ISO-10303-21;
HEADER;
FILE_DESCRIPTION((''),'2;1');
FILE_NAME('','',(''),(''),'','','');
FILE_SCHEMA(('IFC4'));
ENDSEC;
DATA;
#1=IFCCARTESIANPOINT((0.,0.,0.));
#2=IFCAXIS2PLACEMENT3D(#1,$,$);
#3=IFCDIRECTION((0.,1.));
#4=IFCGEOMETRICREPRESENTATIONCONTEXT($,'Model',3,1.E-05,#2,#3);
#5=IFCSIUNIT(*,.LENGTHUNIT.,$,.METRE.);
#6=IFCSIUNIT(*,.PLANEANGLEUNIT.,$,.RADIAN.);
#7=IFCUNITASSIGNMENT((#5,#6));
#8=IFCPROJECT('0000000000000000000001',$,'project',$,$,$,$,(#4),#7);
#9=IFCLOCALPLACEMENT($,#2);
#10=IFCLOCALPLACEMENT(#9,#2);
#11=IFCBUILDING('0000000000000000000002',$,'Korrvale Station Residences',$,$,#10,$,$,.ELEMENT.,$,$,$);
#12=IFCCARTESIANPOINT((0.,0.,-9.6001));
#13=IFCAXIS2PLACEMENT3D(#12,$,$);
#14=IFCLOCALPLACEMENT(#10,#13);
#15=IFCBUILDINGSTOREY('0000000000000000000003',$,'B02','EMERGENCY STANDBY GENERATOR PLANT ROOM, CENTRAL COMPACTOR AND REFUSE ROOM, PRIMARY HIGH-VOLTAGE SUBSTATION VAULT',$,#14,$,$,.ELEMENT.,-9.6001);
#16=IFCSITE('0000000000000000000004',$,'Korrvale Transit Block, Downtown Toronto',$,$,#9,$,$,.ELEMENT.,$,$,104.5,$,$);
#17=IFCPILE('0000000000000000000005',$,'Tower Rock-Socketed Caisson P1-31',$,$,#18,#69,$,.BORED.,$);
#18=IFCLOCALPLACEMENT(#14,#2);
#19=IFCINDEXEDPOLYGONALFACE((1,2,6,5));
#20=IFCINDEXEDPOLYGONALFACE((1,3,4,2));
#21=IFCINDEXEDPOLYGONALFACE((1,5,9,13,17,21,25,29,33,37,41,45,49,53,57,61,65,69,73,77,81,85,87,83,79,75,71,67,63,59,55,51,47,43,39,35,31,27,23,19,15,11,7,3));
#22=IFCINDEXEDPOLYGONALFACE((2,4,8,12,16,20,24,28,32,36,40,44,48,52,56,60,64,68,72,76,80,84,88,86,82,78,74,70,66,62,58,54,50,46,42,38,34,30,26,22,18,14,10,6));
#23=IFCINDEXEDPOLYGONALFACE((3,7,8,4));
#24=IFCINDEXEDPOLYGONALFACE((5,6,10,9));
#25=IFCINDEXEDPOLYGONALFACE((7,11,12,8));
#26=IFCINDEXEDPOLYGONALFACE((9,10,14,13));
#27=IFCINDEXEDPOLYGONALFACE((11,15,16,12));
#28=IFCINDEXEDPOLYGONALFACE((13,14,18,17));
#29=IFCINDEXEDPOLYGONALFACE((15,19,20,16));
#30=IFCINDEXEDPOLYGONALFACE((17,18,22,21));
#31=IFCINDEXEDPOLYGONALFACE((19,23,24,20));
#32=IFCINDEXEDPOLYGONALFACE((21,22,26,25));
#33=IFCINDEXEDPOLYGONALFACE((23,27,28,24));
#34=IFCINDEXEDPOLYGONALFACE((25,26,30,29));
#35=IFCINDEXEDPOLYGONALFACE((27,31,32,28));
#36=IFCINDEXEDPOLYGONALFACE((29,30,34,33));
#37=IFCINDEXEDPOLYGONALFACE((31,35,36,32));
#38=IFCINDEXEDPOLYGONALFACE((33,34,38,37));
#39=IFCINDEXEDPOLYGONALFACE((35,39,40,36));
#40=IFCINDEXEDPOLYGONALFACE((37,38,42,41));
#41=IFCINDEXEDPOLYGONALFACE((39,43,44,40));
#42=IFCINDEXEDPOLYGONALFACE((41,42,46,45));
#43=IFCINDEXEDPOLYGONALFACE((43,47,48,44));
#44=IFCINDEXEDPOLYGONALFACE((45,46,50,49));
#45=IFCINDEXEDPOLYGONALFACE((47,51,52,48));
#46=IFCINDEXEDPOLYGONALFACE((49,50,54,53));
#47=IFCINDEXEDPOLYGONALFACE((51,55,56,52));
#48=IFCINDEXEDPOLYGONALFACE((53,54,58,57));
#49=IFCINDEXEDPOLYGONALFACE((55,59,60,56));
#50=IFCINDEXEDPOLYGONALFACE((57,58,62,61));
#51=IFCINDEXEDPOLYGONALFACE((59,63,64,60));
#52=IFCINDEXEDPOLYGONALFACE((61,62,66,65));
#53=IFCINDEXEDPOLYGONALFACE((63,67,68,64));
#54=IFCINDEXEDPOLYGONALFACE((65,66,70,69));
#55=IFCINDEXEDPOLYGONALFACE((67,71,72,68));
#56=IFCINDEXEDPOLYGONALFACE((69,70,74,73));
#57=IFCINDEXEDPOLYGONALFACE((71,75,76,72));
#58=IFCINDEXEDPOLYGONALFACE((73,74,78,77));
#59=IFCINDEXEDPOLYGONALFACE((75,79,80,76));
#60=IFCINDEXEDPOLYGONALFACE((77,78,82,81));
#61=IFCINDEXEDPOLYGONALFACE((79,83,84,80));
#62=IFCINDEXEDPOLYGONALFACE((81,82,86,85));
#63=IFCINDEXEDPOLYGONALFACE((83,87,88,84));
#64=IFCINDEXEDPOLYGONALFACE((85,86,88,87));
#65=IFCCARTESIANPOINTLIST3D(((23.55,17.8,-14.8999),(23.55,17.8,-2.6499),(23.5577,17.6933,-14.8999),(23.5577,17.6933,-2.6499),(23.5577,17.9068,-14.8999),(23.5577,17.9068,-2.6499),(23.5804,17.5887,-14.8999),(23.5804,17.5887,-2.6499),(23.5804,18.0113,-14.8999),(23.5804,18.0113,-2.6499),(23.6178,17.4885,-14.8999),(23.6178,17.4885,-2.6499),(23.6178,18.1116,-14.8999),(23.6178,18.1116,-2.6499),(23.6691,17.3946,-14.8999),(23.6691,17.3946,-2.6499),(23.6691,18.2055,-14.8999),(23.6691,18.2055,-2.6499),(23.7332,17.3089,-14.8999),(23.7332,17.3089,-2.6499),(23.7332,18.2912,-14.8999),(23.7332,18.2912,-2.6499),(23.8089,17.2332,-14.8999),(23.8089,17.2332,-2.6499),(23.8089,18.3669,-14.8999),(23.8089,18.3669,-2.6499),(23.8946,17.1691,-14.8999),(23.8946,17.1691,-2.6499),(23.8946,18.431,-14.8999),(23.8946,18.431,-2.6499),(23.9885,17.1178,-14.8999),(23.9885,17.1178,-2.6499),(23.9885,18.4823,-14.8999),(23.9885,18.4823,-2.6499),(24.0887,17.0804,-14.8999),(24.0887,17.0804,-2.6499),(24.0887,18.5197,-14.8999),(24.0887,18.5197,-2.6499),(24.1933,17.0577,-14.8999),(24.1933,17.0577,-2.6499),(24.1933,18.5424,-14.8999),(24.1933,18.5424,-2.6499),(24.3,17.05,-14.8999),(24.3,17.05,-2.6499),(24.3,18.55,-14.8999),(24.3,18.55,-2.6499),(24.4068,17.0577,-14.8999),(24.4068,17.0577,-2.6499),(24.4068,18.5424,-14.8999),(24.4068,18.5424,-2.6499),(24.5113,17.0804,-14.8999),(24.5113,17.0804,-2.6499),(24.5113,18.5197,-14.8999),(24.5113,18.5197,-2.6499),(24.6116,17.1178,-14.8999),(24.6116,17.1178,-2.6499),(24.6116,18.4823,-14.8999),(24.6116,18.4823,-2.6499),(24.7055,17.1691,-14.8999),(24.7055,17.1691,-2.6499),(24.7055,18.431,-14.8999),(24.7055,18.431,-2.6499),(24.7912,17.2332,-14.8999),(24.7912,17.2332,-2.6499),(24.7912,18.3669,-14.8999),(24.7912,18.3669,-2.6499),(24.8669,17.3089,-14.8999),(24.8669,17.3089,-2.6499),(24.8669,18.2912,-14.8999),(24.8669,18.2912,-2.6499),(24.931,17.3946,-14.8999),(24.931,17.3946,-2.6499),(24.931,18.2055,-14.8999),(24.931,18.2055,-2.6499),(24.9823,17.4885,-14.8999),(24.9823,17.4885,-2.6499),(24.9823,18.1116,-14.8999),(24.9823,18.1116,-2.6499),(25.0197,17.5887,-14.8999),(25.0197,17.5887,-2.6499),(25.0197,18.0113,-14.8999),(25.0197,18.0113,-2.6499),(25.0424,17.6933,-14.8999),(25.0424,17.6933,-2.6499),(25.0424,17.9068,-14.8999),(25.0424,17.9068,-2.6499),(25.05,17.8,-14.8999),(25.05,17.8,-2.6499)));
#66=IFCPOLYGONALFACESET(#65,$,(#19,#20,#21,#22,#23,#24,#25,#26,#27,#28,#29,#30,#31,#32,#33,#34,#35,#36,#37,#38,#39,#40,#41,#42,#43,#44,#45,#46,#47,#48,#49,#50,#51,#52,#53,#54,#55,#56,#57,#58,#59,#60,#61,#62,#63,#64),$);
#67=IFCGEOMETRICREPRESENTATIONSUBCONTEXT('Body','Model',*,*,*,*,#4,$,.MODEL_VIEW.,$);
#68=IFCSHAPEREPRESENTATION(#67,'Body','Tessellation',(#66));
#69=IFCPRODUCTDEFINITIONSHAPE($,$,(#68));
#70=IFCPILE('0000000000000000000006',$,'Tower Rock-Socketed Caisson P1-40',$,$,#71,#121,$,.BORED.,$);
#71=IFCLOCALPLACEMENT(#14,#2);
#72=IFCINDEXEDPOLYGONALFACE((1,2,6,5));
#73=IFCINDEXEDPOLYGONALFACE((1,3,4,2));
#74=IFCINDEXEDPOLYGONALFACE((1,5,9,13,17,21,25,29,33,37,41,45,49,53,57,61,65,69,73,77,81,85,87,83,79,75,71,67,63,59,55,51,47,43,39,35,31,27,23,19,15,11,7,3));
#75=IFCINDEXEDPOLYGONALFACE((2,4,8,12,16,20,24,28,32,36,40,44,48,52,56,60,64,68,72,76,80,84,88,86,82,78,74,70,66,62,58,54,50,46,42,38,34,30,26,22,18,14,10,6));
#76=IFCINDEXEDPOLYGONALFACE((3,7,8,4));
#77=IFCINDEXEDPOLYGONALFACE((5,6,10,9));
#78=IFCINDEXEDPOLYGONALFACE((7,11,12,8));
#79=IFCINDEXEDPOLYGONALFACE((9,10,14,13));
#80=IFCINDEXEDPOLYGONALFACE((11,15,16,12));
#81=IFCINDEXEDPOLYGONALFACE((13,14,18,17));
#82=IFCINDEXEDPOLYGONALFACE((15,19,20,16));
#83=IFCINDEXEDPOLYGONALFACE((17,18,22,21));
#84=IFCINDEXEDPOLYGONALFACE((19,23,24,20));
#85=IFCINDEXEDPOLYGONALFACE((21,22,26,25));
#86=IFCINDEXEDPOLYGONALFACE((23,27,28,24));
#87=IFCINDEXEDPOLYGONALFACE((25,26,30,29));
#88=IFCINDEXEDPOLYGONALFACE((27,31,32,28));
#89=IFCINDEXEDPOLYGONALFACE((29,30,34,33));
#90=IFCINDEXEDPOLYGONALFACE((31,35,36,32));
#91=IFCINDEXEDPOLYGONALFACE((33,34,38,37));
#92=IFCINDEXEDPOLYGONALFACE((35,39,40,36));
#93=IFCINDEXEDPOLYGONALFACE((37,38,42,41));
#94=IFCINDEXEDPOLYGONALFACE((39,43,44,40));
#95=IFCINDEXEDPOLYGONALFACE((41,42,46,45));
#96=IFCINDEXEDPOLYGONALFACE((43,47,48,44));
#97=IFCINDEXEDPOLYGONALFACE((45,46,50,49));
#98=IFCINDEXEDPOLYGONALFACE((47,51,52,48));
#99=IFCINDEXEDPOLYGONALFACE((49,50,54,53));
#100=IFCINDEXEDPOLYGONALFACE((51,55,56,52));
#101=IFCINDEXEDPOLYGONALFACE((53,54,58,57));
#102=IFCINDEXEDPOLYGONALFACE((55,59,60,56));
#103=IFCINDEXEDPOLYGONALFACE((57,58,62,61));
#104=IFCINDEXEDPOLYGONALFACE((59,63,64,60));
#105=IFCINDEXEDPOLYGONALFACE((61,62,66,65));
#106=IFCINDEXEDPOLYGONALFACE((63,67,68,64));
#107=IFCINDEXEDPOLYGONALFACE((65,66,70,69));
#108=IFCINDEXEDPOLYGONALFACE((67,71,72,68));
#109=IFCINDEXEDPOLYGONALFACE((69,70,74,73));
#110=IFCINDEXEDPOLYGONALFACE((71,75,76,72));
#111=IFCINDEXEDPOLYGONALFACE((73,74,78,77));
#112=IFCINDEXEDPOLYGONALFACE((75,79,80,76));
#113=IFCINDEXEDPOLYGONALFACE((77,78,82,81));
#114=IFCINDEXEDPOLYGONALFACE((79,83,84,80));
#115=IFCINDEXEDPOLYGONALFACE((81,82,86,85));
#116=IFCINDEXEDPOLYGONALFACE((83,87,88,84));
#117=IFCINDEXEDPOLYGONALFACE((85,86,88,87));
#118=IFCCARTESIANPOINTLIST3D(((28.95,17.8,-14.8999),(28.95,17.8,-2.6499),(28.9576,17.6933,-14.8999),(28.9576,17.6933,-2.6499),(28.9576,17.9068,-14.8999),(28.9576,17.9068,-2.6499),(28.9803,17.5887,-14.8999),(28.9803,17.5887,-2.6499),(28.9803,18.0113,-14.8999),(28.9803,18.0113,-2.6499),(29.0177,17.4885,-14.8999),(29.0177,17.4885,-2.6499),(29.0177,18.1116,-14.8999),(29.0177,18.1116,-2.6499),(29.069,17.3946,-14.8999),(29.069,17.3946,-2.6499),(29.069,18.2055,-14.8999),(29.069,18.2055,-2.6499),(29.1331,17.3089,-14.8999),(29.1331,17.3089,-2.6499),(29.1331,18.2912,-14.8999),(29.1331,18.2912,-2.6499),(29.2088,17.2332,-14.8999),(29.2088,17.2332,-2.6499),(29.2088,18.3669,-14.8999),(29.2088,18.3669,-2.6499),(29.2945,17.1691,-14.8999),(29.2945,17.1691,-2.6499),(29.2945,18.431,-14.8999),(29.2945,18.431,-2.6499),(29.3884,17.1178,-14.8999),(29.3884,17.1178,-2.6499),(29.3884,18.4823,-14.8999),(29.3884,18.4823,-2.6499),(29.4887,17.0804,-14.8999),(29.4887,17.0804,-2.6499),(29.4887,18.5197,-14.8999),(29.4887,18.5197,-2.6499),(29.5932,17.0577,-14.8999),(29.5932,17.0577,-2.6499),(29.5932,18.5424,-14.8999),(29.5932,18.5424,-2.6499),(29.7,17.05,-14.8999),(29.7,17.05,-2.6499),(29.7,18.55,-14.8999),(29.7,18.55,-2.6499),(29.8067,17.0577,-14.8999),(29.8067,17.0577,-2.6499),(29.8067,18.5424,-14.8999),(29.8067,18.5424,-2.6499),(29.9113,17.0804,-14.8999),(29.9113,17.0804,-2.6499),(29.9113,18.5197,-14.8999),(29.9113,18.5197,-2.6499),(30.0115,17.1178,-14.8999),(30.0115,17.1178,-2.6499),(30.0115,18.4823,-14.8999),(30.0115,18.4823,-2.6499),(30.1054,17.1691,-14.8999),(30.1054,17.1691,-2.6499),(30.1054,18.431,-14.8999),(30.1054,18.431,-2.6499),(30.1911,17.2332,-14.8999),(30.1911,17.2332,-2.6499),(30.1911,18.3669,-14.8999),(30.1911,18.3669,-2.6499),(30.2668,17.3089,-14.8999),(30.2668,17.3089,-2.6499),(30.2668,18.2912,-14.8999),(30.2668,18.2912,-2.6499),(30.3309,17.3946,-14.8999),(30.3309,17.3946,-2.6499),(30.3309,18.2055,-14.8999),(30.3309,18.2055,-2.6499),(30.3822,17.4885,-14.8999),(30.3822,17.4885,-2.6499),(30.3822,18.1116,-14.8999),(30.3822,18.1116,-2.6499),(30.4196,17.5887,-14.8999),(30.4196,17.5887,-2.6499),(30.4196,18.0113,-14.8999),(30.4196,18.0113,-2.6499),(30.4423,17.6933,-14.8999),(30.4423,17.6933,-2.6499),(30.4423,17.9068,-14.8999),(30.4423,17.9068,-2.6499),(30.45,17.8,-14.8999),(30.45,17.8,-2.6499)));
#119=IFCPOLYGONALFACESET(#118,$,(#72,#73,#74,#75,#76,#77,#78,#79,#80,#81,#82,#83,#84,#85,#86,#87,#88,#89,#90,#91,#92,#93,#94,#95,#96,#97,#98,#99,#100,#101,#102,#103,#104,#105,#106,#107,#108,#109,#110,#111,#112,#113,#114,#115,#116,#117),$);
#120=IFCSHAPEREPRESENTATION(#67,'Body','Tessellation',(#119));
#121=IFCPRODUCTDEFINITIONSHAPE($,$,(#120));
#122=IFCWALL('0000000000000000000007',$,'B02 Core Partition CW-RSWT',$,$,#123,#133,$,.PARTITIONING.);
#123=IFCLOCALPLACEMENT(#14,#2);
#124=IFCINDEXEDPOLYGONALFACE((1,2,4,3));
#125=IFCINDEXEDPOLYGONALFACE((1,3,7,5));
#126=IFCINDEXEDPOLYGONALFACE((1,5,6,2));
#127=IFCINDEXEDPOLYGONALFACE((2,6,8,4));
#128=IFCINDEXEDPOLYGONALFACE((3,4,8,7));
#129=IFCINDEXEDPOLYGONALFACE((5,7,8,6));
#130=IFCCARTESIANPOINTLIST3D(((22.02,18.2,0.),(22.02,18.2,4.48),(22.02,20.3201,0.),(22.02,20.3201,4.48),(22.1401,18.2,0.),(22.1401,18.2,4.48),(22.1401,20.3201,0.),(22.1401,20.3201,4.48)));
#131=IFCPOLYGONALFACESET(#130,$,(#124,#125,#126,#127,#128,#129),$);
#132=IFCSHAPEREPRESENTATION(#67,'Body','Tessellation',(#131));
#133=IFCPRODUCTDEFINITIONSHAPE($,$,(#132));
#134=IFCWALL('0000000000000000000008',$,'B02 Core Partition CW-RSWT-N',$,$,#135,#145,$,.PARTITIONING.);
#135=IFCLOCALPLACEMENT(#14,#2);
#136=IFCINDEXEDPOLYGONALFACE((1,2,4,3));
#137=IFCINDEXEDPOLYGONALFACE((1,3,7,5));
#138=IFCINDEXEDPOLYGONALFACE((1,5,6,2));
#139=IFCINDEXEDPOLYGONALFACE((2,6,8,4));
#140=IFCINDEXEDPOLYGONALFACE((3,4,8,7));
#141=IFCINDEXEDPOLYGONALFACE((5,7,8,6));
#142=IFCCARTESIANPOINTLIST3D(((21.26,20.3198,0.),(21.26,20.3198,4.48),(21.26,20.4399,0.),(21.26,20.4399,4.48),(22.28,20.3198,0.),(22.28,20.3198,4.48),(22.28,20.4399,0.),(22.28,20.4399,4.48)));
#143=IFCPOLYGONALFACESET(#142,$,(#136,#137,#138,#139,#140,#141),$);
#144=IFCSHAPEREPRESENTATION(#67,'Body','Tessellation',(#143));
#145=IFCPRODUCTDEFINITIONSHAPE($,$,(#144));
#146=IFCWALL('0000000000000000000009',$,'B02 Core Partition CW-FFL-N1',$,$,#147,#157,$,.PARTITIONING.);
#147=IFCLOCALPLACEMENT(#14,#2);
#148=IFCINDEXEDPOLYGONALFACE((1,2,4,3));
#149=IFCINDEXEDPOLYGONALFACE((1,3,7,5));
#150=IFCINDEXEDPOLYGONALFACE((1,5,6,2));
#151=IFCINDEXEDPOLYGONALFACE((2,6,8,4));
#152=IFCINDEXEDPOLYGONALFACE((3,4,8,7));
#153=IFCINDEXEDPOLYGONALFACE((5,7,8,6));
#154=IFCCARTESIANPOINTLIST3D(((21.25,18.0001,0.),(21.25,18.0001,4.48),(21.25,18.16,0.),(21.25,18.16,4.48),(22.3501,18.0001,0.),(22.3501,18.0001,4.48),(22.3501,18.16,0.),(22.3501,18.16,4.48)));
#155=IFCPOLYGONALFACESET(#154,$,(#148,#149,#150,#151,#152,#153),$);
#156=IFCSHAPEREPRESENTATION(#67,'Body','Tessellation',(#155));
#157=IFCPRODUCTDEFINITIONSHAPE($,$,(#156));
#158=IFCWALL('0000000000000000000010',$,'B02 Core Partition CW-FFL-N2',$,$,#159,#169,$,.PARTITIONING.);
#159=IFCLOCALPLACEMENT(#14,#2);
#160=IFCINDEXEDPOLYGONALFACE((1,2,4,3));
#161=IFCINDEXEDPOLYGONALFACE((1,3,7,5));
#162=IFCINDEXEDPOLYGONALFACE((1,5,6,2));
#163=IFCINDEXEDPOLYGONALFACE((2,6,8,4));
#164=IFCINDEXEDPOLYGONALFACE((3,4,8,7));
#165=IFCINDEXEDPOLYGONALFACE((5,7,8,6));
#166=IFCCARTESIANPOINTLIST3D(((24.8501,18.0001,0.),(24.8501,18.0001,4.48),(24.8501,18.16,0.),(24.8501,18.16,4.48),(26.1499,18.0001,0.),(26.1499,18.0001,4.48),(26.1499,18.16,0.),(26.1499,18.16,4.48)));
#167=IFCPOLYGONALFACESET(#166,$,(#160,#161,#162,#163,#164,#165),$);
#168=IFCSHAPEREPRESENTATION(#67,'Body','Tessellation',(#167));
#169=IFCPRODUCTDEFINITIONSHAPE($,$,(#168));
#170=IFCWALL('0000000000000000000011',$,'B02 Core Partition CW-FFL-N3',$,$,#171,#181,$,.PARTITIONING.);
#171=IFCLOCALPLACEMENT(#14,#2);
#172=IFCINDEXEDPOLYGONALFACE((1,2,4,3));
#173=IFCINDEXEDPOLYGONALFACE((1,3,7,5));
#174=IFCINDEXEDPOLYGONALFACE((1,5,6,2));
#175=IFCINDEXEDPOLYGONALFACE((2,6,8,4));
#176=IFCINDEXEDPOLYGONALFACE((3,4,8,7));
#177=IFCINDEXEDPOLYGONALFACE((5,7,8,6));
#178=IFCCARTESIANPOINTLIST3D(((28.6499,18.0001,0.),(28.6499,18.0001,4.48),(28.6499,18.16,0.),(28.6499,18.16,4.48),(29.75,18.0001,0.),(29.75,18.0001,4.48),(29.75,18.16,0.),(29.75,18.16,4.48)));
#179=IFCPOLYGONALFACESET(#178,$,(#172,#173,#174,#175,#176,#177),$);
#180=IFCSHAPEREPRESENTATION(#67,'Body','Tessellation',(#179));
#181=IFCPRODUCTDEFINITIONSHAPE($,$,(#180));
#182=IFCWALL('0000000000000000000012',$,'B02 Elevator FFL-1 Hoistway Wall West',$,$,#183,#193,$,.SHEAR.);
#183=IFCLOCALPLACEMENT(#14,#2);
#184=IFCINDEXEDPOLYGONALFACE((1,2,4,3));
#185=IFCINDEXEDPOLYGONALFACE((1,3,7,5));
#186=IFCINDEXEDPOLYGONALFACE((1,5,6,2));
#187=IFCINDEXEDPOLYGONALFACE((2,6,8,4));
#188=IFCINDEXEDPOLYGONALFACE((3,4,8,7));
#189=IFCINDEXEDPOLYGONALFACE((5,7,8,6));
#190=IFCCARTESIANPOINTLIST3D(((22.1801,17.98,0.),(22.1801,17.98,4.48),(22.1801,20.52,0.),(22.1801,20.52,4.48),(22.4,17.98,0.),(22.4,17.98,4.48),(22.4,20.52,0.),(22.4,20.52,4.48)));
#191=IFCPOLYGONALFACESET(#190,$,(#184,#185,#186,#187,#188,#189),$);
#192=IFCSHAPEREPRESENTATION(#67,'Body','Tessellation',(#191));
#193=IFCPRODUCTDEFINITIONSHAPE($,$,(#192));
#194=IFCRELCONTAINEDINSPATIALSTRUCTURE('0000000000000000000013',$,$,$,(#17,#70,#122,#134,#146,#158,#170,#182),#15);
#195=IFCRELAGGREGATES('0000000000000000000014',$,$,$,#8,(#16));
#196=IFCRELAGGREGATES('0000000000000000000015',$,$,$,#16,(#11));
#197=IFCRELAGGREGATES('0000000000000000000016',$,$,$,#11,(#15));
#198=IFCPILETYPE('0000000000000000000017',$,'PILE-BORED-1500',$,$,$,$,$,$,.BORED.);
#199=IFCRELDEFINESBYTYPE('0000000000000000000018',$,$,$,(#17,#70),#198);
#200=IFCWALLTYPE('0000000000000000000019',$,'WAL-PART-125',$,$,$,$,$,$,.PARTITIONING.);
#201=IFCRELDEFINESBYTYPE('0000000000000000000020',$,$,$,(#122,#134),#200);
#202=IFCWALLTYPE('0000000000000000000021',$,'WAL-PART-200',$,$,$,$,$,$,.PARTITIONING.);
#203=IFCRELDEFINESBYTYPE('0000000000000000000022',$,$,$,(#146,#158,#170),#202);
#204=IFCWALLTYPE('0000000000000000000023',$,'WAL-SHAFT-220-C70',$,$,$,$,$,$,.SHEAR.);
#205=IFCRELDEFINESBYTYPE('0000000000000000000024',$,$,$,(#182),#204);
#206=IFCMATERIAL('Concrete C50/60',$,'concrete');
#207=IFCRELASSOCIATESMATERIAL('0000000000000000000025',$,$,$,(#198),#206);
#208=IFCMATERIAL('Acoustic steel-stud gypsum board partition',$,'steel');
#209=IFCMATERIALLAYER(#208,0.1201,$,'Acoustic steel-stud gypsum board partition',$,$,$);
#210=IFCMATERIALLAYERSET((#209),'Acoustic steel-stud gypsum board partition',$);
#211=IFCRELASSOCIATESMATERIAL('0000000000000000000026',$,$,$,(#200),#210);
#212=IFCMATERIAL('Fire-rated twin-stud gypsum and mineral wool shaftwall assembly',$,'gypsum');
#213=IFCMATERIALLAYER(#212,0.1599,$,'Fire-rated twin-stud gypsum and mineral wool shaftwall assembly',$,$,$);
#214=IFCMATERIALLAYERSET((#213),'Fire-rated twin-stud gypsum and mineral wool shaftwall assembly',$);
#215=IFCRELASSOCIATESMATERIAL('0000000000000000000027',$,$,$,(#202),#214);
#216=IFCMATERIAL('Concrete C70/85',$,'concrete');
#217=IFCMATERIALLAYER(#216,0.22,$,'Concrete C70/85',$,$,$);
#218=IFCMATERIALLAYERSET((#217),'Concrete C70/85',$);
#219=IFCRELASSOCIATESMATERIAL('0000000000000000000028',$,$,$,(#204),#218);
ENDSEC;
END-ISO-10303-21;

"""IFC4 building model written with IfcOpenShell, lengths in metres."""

from ifc_helpers import new_model, si_unit, direction, frame, frame_2d, origin, origin_2d, place, context, subcontext, project, spatial, rectangle, circle, extrude, material, layer, layer_set, material_profile, profile_set, type_object, element, save


model = new_model("IFC4")

# Units and contexts
model_context = context("Model", 3, precision=1e-05, world=origin(), true_north=direction((0.0, 1.0)))
body_context = subcontext(model_context, "Body", "Model", "MODEL_VIEW")
ifc_project = project(units=[si_unit("LENGTHUNIT", "METRE"), si_unit("PLANEANGLEUNIT", "RADIAN")], contexts=[model_context])

# Site, building, storey
site_placement = place(None, origin())
site = spatial("IfcSite", under=ifc_project, at=site_placement, Name="Korrvale Transit Block, Downtown Toronto", CompositionType="ELEMENT", RefElevation=104.5)
building_placement = place(site_placement, origin())
building = spatial("IfcBuilding", under=site, at=building_placement, Name="Korrvale Station Residences", CompositionType="ELEMENT")
storey_placement = place(building_placement, frame((0.0, 0.0, -9.6001)))
storey = spatial("IfcBuildingStorey", under=building, at=storey_placement, Name="B02", Description="EMERGENCY STANDBY GENERATOR PLANT ROOM, CENTRAL COMPACTOR AND REFUSE ROOM, PRIMARY HIGH-VOLTAGE SUBSTATION VAULT", CompositionType="ELEMENT", Elevation=-9.6001)

# Piles
ifc_material_1 = material(Name="Concrete C50/60", Category="concrete")
ifc_material_profile = material_profile(ifc_material_1, circle(Radius=0.75, at=origin_2d()), Name="PILE1500")
ifc_profile_set = profile_set([ifc_material_profile], Name="Concrete C50/60")
pile_type = type_object("IfcPileType", Name="PILE-BORED-1500", PredefinedType="BORED", material=ifc_profile_set)
for number, where, z_axis, x_axis, name in (
    (1, (24.3, 17.8, -2.6499), (0.0, 0.0, -1.0), (1.0, 0.0, 0.0), "Tower Rock-Socketed Caisson P1-31"),
    (2, (29.7, 17.8, -2.6499), (0.0, 0.0, -1.0), (1.0, 0.0, 0.0), "Tower Rock-Socketed Caisson P1-40"),
):
    element("IfcPile", number, at=place(storey_placement, frame(where, z_axis=z_axis, x_axis=x_axis)), inside=storey, type_object=pile_type, Name=name, PredefinedType="BORED", context=body_context, shape_type="SweptSolid", body=[
        extrude(circle(Radius=0.75, at=origin_2d()), origin(), (0.0, 0.0, 1.0), 12.25),
    ])

# Walls
ifc_material_2 = material(Name="Acoustic steel-stud gypsum board partition", Category="steel")
ifc_layer_1 = layer(ifc_material_2, 0.1201, Name="Acoustic steel-stud gypsum board partition")
ifc_layer_set_1 = layer_set([ifc_layer_1], Name="Acoustic steel-stud gypsum board partition")
wall_type_1 = type_object("IfcWallType", Name="WAL-PART-125", PredefinedType="PARTITIONING", material=ifc_layer_set_1)
wall_1_placement = place(storey_placement, frame((22.0801, 18.2, 0.0), z_axis=(0.0, 0.0, 1.0), x_axis=(0.0, 1.0, 0.0)))
element("IfcWall", 3, at=wall_1_placement, inside=storey, type_object=wall_type_1, Name="B02 Core Partition CW-RSWT", PredefinedType="PARTITIONING", context=body_context, shape_type="SweptSolid", body=[
    extrude(rectangle(XDim=2.1201, YDim=0.1201, at=frame_2d((1.0601, 0.0))), origin(), (0.0, 0.0, 1.0), 4.48),
])
wall_2_placement = place(storey_placement, frame((22.28, 20.3799, 0.0), z_axis=(0.0, 0.0, 1.0), x_axis=(-1.0, 0.0, 0.0)))
element("IfcWall", 4, at=wall_2_placement, inside=storey, type_object=wall_type_1, Name="B02 Core Partition CW-RSWT-N", PredefinedType="PARTITIONING", context=body_context, shape_type="SweptSolid", body=[
    extrude(rectangle(XDim=1.02, YDim=0.1201, at=frame_2d((0.51, 0.0))), origin(), (0.0, 0.0, 1.0), 4.48),
])
ifc_material_3 = material(Name="Fire-rated twin-stud gypsum and mineral wool shaftwall assembly", Category="gypsum")
ifc_layer_2 = layer(ifc_material_3, 0.1599, Name="Fire-rated twin-stud gypsum and mineral wool shaftwall assembly")
ifc_layer_set_2 = layer_set([ifc_layer_2], Name="Fire-rated twin-stud gypsum and mineral wool shaftwall assembly")
wall_type_2 = type_object("IfcWallType", Name="WAL-PART-200", PredefinedType="PARTITIONING", material=ifc_layer_set_2)
wall_3_placement = place(storey_placement, frame((21.25, 18.0801, 0.0), z_axis=(0.0, 0.0, 1.0), x_axis=(1.0, 0.0, 0.0)))
element("IfcWall", 5, at=wall_3_placement, inside=storey, type_object=wall_type_2, Name="B02 Core Partition CW-FFL-N1", PredefinedType="PARTITIONING", context=body_context, shape_type="SweptSolid", body=[
    extrude(rectangle(XDim=1.1001, YDim=0.1599, at=frame_2d((0.55, 0.0))), origin(), (0.0, 0.0, 1.0), 4.48),
])
wall_4_placement = place(storey_placement, frame((24.8501, 18.0801, 0.0), z_axis=(0.0, 0.0, 1.0), x_axis=(1.0, 0.0, 0.0)))
element("IfcWall", 6, at=wall_4_placement, inside=storey, type_object=wall_type_2, Name="B02 Core Partition CW-FFL-N2", PredefinedType="PARTITIONING", context=body_context, shape_type="SweptSolid", body=[
    extrude(rectangle(XDim=1.2998, YDim=0.1599, at=frame_2d((0.6499, 0.0))), origin(), (0.0, 0.0, 1.0), 4.48),
])
wall_5_placement = place(storey_placement, frame((28.6499, 18.0801, 0.0), z_axis=(0.0, 0.0, 1.0), x_axis=(1.0, 0.0, 0.0)))
element("IfcWall", 7, at=wall_5_placement, inside=storey, type_object=wall_type_2, Name="B02 Core Partition CW-FFL-N3", PredefinedType="PARTITIONING", context=body_context, shape_type="SweptSolid", body=[
    extrude(rectangle(XDim=1.1001, YDim=0.1599, at=frame_2d((0.55, 0.0))), origin(), (0.0, 0.0, 1.0), 4.48),
])

# Shared definitions
ifc_material_4 = material(Name="Concrete C70/85", Category="concrete")
ifc_layer_3 = layer(ifc_material_4, 0.22, Name="Concrete C70/85")
ifc_layer_set_3 = layer_set([ifc_layer_3], Name="Concrete C70/85")
wall_type_3 = type_object("IfcWallType", Name="WAL-SHAFT-220-C70", PredefinedType="SHEAR", material=ifc_layer_set_3)

# Wall
for number, where, z_axis, x_axis, name in (
    (8, (22.29, 17.98, 0.0), (0.0, 0.0, 1.0), (0.0, 1.0, 0.0), "B02 Elevator FFL-1 Hoistway Wall West"),
):
    element("IfcWall", number, at=place(storey_placement, frame(where, z_axis=z_axis, x_axis=x_axis)), inside=storey, type_object=wall_type_3, Name=name, PredefinedType="SHEAR", context=body_context, shape_type="SweptSolid", body=[
        extrude(rectangle(XDim=2.54, YDim=0.22, at=frame_2d((1.27, 0.0))), origin(), (0.0, 0.0, 1.0), 4.48),
    ])

save(model, "model.ifc")
